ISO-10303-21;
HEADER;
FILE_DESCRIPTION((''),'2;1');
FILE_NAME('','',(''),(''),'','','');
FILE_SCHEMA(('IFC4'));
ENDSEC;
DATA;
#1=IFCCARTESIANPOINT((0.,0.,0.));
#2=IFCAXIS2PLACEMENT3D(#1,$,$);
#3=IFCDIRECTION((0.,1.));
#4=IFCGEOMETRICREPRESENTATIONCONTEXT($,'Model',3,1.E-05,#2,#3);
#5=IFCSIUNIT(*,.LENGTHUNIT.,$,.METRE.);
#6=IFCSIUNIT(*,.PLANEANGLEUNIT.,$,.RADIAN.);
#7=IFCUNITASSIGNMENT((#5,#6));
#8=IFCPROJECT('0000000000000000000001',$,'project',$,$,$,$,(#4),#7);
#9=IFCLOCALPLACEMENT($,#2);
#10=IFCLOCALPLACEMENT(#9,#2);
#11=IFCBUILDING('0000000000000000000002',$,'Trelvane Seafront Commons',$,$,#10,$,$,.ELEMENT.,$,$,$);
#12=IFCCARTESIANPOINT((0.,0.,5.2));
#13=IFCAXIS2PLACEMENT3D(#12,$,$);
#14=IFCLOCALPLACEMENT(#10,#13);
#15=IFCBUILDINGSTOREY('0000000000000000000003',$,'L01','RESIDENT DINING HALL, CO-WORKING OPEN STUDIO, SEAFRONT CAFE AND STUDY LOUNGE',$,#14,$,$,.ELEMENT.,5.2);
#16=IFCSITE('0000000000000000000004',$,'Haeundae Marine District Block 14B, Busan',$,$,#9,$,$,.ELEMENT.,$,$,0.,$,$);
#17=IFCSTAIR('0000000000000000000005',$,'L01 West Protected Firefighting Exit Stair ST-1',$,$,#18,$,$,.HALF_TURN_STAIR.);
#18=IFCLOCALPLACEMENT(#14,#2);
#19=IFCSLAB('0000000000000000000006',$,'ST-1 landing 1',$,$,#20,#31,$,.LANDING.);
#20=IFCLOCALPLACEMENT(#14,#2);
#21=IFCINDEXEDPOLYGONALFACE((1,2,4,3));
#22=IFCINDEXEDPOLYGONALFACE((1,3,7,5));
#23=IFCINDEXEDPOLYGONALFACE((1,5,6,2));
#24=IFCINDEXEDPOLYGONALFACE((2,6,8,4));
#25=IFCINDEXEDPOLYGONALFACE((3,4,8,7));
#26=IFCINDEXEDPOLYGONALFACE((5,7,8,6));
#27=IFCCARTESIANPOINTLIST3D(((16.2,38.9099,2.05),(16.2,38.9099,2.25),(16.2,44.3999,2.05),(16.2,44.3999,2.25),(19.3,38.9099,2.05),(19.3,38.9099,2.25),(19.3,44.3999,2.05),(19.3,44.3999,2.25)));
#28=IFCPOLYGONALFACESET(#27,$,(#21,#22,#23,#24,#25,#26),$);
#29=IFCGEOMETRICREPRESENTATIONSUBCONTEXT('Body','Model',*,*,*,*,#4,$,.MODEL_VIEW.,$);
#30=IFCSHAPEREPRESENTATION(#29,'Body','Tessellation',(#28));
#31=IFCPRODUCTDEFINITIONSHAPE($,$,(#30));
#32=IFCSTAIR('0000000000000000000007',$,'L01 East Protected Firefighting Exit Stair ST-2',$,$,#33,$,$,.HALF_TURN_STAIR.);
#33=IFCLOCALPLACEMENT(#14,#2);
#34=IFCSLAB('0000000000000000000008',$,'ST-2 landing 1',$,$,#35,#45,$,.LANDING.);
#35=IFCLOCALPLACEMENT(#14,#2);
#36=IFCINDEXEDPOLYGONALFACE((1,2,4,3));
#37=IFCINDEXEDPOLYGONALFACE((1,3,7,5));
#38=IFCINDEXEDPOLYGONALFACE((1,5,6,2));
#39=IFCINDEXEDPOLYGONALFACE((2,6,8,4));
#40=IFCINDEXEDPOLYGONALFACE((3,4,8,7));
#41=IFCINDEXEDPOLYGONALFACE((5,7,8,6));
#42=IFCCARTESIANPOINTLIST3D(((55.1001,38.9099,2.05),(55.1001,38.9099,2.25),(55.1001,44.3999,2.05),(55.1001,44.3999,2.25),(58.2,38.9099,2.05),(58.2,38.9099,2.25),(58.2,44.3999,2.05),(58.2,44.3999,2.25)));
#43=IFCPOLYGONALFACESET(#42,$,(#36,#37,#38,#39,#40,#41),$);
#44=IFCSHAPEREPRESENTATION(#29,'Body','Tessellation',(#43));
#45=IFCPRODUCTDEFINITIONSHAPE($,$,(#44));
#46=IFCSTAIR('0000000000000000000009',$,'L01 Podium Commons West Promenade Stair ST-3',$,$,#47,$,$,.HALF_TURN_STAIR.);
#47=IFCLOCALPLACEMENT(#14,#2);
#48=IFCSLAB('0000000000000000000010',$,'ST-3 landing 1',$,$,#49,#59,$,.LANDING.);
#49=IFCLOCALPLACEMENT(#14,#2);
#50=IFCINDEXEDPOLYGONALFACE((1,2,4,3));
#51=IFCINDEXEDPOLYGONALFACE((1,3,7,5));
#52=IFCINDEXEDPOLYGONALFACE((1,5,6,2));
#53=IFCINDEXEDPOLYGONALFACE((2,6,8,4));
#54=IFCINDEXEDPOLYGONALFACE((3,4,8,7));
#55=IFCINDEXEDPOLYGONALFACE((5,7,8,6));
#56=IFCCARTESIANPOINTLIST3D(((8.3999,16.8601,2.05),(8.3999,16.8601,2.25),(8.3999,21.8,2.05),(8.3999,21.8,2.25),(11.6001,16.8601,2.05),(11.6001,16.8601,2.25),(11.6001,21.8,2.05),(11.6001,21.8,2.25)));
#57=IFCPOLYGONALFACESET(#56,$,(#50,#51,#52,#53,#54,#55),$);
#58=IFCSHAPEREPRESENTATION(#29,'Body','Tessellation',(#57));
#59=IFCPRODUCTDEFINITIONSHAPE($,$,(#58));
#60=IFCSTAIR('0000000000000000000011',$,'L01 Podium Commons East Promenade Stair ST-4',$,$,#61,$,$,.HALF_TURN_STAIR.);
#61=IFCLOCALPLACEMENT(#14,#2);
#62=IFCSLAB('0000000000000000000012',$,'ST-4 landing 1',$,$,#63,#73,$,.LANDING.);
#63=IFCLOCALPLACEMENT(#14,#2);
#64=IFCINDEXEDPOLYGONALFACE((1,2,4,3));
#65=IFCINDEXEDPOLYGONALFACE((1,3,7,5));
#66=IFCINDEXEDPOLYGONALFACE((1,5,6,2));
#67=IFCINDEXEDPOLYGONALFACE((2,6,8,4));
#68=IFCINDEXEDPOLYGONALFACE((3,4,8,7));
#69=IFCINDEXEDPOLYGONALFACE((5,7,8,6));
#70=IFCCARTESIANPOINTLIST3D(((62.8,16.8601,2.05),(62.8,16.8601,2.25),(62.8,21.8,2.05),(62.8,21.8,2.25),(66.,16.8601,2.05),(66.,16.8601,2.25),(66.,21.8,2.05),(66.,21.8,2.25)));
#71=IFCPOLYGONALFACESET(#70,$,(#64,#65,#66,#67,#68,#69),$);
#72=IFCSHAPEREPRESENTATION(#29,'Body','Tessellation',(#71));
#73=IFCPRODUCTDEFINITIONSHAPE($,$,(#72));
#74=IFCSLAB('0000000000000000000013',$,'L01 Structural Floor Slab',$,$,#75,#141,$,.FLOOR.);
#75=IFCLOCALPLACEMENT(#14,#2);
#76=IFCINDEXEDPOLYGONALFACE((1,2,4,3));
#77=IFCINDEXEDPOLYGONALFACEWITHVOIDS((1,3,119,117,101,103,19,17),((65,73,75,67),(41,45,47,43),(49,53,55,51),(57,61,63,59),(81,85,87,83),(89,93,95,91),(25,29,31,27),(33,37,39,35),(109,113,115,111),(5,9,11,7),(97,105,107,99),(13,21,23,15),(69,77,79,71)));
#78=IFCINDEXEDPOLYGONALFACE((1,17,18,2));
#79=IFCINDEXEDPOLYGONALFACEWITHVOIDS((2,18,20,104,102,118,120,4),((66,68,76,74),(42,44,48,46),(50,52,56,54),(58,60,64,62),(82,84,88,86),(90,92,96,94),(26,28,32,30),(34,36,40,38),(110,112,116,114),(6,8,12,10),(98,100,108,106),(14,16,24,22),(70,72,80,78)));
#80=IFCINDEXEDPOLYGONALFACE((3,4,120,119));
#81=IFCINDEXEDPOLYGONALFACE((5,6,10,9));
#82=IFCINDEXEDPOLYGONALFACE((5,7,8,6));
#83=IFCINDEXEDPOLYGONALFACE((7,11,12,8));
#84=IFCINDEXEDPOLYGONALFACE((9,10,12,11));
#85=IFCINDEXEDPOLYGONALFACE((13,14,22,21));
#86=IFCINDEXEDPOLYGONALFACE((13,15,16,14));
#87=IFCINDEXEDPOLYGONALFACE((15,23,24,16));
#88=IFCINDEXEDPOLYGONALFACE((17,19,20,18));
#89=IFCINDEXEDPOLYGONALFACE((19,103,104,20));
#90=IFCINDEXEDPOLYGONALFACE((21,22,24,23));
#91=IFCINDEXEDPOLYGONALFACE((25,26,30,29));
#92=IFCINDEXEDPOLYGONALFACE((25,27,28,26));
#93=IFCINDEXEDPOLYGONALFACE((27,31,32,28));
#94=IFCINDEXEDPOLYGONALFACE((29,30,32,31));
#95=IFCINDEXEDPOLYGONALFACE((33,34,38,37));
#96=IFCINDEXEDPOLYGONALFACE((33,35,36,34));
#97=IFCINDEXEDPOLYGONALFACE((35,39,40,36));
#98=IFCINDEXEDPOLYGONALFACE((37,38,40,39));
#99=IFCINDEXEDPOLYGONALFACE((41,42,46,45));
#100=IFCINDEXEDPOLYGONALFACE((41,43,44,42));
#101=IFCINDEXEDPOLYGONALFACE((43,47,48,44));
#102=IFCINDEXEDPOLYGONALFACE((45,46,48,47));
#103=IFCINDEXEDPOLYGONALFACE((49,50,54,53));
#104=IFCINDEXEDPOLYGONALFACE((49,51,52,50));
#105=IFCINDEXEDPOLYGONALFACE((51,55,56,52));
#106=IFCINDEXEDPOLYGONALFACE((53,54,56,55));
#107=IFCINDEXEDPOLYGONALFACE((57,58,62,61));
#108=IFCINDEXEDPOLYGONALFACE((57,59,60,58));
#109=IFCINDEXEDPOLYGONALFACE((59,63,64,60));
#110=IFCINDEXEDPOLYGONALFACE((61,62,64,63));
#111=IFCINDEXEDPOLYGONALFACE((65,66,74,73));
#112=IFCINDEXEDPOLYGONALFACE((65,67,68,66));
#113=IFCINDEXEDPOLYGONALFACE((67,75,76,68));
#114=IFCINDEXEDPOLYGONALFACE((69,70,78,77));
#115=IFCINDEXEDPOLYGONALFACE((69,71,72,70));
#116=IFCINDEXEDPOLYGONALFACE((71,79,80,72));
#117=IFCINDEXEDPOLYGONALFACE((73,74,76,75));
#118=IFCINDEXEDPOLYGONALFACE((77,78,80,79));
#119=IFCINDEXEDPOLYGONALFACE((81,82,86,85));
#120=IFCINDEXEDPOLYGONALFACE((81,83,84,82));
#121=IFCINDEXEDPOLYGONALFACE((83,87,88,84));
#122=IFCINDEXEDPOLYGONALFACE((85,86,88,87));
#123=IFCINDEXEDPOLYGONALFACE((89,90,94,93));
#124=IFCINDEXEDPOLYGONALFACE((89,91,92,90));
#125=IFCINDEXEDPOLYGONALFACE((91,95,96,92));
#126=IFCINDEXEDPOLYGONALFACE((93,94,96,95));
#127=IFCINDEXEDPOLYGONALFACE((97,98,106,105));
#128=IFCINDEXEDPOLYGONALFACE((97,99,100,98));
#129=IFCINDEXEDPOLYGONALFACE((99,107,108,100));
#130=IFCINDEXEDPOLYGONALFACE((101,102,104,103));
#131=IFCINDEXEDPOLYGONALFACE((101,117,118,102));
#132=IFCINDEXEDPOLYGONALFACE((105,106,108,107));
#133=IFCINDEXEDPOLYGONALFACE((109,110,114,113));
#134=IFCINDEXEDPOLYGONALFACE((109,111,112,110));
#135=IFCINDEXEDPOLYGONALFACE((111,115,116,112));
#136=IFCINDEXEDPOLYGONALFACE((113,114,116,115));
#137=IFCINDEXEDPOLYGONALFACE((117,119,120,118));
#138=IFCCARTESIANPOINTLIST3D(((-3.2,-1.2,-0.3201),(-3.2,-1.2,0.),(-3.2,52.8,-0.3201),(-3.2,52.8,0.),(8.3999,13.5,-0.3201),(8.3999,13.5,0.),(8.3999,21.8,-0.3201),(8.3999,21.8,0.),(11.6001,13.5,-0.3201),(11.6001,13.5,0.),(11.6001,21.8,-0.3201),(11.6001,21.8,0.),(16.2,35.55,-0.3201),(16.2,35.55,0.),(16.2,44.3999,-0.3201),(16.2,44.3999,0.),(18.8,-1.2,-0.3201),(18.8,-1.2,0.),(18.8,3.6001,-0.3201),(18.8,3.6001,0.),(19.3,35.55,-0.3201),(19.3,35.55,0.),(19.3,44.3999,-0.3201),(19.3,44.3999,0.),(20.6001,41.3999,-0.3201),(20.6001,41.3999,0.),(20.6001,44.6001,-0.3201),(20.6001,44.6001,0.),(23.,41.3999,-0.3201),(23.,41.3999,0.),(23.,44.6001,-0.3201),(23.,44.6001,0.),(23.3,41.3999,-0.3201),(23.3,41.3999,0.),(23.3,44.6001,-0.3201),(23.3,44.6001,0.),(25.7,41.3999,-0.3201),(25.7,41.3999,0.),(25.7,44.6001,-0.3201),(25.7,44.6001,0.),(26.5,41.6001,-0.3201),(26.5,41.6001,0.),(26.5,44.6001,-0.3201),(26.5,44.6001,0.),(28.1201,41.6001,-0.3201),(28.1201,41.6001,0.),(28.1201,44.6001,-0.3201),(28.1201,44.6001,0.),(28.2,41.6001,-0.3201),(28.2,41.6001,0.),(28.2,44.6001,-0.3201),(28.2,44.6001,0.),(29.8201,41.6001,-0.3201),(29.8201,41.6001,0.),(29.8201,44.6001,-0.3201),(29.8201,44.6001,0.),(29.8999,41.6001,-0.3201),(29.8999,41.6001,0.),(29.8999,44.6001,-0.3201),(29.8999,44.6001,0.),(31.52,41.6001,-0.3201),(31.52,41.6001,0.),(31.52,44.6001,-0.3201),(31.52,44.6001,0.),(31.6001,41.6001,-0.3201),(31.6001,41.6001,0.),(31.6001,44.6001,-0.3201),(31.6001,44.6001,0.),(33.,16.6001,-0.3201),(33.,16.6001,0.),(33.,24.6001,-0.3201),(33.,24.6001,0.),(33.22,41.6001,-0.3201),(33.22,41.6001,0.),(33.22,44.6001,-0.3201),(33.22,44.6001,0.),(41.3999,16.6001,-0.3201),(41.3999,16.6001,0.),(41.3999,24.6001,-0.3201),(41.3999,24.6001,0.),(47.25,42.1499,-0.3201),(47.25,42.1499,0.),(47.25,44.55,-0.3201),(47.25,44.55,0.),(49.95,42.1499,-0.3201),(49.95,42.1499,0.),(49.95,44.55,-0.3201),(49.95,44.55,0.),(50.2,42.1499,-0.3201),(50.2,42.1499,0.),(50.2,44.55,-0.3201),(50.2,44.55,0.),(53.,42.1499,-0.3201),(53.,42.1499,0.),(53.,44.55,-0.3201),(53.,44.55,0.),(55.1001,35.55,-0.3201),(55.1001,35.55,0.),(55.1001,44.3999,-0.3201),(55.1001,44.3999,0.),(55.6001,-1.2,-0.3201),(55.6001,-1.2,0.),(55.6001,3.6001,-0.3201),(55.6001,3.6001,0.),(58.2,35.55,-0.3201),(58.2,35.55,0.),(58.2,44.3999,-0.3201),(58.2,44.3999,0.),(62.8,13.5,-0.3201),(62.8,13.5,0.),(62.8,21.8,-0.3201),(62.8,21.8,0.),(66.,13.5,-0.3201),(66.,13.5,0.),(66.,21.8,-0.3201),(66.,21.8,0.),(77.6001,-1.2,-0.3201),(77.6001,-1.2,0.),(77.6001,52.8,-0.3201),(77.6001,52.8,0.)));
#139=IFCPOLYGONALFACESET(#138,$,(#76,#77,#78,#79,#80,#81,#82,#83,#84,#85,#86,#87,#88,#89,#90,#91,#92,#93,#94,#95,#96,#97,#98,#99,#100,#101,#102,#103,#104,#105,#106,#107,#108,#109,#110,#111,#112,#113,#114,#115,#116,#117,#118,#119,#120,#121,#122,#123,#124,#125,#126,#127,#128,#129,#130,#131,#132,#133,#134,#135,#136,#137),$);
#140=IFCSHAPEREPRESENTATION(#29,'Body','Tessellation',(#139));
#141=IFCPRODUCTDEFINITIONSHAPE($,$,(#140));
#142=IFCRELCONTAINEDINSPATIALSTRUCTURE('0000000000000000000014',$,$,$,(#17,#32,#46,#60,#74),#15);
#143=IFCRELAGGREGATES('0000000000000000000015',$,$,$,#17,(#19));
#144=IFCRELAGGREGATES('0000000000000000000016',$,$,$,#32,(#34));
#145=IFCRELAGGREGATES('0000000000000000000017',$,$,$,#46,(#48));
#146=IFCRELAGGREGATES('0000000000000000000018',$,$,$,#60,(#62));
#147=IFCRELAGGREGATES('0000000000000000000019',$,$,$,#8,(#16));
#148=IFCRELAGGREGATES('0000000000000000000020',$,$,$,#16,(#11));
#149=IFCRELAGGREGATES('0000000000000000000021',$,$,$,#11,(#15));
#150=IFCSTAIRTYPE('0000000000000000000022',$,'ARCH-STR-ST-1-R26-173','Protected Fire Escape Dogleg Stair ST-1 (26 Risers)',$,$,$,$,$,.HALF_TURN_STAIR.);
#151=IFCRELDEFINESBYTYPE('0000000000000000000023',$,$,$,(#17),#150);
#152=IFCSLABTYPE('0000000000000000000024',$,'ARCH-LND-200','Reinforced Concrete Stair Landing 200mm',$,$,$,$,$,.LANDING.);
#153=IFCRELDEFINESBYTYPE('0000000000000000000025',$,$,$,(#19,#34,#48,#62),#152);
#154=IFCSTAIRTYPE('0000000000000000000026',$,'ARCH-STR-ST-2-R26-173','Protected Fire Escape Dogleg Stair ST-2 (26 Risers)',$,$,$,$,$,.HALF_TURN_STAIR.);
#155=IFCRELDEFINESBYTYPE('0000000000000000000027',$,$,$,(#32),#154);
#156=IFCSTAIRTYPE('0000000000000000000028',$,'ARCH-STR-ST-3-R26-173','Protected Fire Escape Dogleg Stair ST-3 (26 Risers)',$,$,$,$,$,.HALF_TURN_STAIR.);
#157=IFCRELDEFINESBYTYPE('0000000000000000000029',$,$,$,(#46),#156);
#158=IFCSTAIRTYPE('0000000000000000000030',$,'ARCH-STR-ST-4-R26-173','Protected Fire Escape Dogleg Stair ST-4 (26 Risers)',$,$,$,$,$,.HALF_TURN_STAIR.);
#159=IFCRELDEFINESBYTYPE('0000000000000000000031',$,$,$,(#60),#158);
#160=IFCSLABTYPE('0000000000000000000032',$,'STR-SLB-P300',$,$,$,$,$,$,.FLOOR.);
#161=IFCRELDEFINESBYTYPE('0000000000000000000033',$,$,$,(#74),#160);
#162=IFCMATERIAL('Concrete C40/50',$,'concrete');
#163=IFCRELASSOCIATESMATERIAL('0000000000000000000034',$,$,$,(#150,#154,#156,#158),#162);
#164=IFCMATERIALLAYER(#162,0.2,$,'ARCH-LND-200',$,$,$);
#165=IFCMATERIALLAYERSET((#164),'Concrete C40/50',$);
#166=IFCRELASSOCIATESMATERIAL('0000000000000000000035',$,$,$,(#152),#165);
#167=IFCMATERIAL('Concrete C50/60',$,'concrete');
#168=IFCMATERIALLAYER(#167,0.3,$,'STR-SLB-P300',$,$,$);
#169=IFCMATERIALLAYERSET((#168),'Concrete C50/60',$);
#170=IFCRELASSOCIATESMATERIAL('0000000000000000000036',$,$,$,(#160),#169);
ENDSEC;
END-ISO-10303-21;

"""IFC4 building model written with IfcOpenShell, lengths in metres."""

from ifc_helpers import new_model, si_unit, direction, frame, origin, place, context, subcontext, project, spatial, polyline, outline, extrude, material, layer, layer_set, type_object, element, aggregate, save


model = new_model("IFC4")

# Units and contexts
model_context = context("Model", 3, precision=1e-05, world=origin(), true_north=direction((0.0, 1.0)))
body_context = subcontext(model_context, "Body", "Model", "MODEL_VIEW")
ifc_project = project(units=[si_unit("LENGTHUNIT", "METRE"), si_unit("PLANEANGLEUNIT", "RADIAN")], contexts=[model_context])

# Site, building, storey
site_placement = place(None, origin())
site = spatial("IfcSite", under=ifc_project, at=site_placement, Name="Haeundae Marine District Block 14B, Busan", CompositionType="ELEMENT", RefElevation=0.0)
building_placement = place(site_placement, origin())
building = spatial("IfcBuilding", under=site, at=building_placement, Name="Trelvane Seafront Commons", CompositionType="ELEMENT")
storey_placement = place(building_placement, frame((0.0, 0.0, 5.2)))
storey = spatial("IfcBuildingStorey", under=building, at=storey_placement, Name="L01", Description="RESIDENT DINING HALL, CO-WORKING OPEN STUDIO, SEAFRONT CAFE AND STUDY LOUNGE", CompositionType="ELEMENT", Elevation=5.2)

# Shared definitions
ifc_material_1 = material(Name="Concrete C50/60", Category="concrete")

# Stairs, slabs
ifc_material_2 = material(Name="Concrete C40/50", Category="concrete")
stair_type_1 = type_object("IfcStairType", Name="ARCH-STR-ST-1-R26-173", Description="Protected Fire Escape Dogleg Stair ST-1 (26 Risers)", PredefinedType="HALF_TURN_STAIR", material=ifc_material_2)
stair_1_placement = place(storey_placement, origin())
stair_1 = element("IfcStair", 1, at=stair_1_placement, inside=storey, type_object=stair_type_1, Name="L01 West Protected Firefighting Exit Stair ST-1", PredefinedType="HALF_TURN_STAIR")
ifc_layer_1 = layer(ifc_material_2, 0.2, Name="ARCH-LND-200")
ifc_layer_set_1 = layer_set([ifc_layer_1], Name="Concrete C40/50")
slab_type_1 = type_object("IfcSlabType", Name="ARCH-LND-200", Description="Reinforced Concrete Stair Landing 200mm", PredefinedType="LANDING", material=ifc_layer_set_1)
slab_1_placement = place(storey_placement, frame((0.0, 0.0, 2.05)))
slab_1 = element("IfcSlab", 2, at=slab_1_placement, type_object=slab_type_1, Name="ST-1 landing 1", PredefinedType="LANDING", context=body_context, shape_type="SweptSolid", body=[
    extrude(outline(polyline([(19.3, 38.9099), (19.3, 44.3999), (16.2, 44.3999), (16.2, 38.9099), (19.3, 38.9099)])), origin(), (0.0, 0.0, 1.0), 0.2),
])
aggregate(stair_1, [slab_1])
stair_type_2 = type_object("IfcStairType", Name="ARCH-STR-ST-2-R26-173", Description="Protected Fire Escape Dogleg Stair ST-2 (26 Risers)", PredefinedType="HALF_TURN_STAIR", material=ifc_material_2)
stair_2_placement = place(storey_placement, origin())
stair_2 = element("IfcStair", 3, at=stair_2_placement, inside=storey, type_object=stair_type_2, Name="L01 East Protected Firefighting Exit Stair ST-2", PredefinedType="HALF_TURN_STAIR")
slab_2_placement = place(storey_placement, frame((0.0, 0.0, 2.05)))
slab_2 = element("IfcSlab", 4, at=slab_2_placement, type_object=slab_type_1, Name="ST-2 landing 1", PredefinedType="LANDING", context=body_context, shape_type="SweptSolid", body=[
    extrude(outline(polyline([(58.2, 38.9099), (58.2, 44.3999), (55.1001, 44.3999), (55.1001, 38.9099), (58.2, 38.9099)])), origin(), (0.0, 0.0, 1.0), 0.2),
])
aggregate(stair_2, [slab_2])
stair_type_3 = type_object("IfcStairType", Name="ARCH-STR-ST-3-R26-173", Description="Protected Fire Escape Dogleg Stair ST-3 (26 Risers)", PredefinedType="HALF_TURN_STAIR", material=ifc_material_2)
stair_3_placement = place(storey_placement, origin())
stair_3 = element("IfcStair", 5, at=stair_3_placement, inside=storey, type_object=stair_type_3, Name="L01 Podium Commons West Promenade Stair ST-3", PredefinedType="HALF_TURN_STAIR")
slab_3_placement = place(storey_placement, frame((0.0, 0.0, 2.05)))
slab_3 = element("IfcSlab", 6, at=slab_3_placement, type_object=slab_type_1, Name="ST-3 landing 1", PredefinedType="LANDING", context=body_context, shape_type="SweptSolid", body=[
    extrude(outline(polyline([(11.6001, 16.8601), (11.6001, 21.8), (8.3999, 21.8), (8.3999, 16.8601), (11.6001, 16.8601)])), origin(), (0.0, 0.0, 1.0), 0.2),
])
aggregate(stair_3, [slab_3])
stair_type_4 = type_object("IfcStairType", Name="ARCH-STR-ST-4-R26-173", Description="Protected Fire Escape Dogleg Stair ST-4 (26 Risers)", PredefinedType="HALF_TURN_STAIR", material=ifc_material_2)
stair_4_placement = place(storey_placement, origin())
stair_4 = element("IfcStair", 7, at=stair_4_placement, inside=storey, type_object=stair_type_4, Name="L01 Podium Commons East Promenade Stair ST-4", PredefinedType="HALF_TURN_STAIR")
slab_4_placement = place(storey_placement, frame((0.0, 0.0, 2.05)))
slab_4 = element("IfcSlab", 8, at=slab_4_placement, type_object=slab_type_1, Name="ST-4 landing 1", PredefinedType="LANDING", context=body_context, shape_type="SweptSolid", body=[
    extrude(outline(polyline([(66.0, 16.8601), (66.0, 21.8), (62.8, 21.8), (62.8, 16.8601), (66.0, 16.8601)])), origin(), (0.0, 0.0, 1.0), 0.2),
])
aggregate(stair_4, [slab_4])

# Slab
ifc_layer_2 = layer(ifc_material_1, 0.3, Name="STR-SLB-P300")
ifc_layer_set_2 = layer_set([ifc_layer_2], Name="Concrete C50/60")
slab_type_2 = type_object("IfcSlabType", Name="STR-SLB-P300", PredefinedType="FLOOR", material=ifc_layer_set_2)
slab_5_placement = place(storey_placement, frame((0.0, 0.0, -0.3201)))
element("IfcSlab", 9, at=slab_5_placement, inside=storey, type_object=slab_type_2, Name="L01 Structural Floor Slab", PredefinedType="FLOOR", context=body_context, shape_type="SweptSolid", body=[
    extrude(outline(polyline([(-3.2, -1.2), (18.8, -1.2), (18.8, 3.6001), (55.6001, 3.6001), (55.6001, -1.2), (77.6001, -1.2), (77.6001, 52.8), (-3.2, 52.8), (-3.2, -1.2)]), holes=[polyline([(11.6001, 13.5), (8.3999, 13.5), (8.3999, 21.8), (11.6001, 21.8), (11.6001, 13.5)]), polyline([(16.2, 35.55), (16.2, 44.3999), (19.3, 44.3999), (19.3, 35.55), (16.2, 35.55)]), polyline([(20.6001, 41.3999), (20.6001, 44.6001), (23.0, 44.6001), (23.0, 41.3999), (20.6001, 41.3999)]), polyline([(25.7, 41.3999), (23.3, 41.3999), (23.3, 44.6001), (25.7, 44.6001), (25.7, 41.3999)]), polyline([(26.5, 41.6001), (26.5, 44.6001), (28.1201, 44.6001), (28.1201, 41.6001), (26.5, 41.6001)]), polyline([(28.2, 41.6001), (28.2, 44.6001), (29.8201, 44.6001), (29.8201, 41.6001), (28.2, 41.6001)]), polyline([(31.52, 41.6001), (29.8999, 41.6001), (29.8999, 44.6001), (31.52, 44.6001), (31.52, 41.6001)]), polyline([(62.8, 13.5), (62.8, 21.8), (66.0, 21.8), (66.0, 13.5), (62.8, 13.5)]), polyline([(33.0, 16.6001), (33.0, 24.6001), (41.3999, 24.6001), (41.3999, 16.6001), (33.0, 16.6001)]), polyline([(55.1001, 35.55), (55.1001, 44.3999), (58.2, 44.3999), (58.2, 35.55), (55.1001, 35.55)]), polyline([(31.6001, 41.6001), (31.6001, 44.6001), (33.22, 44.6001), (33.22, 41.6001), (31.6001, 41.6001)]), polyline([(47.25, 42.1499), (47.25, 44.55), (49.95, 44.55), (49.95, 42.1499), (47.25, 42.1499)]), polyline([(50.2, 42.1499), (50.2, 44.55), (53.0, 44.55), (53.0, 42.1499), (50.2, 42.1499)])]), origin(), (0.0, 0.0, 1.0), 0.3201),
])

save(model, "model.ifc")
